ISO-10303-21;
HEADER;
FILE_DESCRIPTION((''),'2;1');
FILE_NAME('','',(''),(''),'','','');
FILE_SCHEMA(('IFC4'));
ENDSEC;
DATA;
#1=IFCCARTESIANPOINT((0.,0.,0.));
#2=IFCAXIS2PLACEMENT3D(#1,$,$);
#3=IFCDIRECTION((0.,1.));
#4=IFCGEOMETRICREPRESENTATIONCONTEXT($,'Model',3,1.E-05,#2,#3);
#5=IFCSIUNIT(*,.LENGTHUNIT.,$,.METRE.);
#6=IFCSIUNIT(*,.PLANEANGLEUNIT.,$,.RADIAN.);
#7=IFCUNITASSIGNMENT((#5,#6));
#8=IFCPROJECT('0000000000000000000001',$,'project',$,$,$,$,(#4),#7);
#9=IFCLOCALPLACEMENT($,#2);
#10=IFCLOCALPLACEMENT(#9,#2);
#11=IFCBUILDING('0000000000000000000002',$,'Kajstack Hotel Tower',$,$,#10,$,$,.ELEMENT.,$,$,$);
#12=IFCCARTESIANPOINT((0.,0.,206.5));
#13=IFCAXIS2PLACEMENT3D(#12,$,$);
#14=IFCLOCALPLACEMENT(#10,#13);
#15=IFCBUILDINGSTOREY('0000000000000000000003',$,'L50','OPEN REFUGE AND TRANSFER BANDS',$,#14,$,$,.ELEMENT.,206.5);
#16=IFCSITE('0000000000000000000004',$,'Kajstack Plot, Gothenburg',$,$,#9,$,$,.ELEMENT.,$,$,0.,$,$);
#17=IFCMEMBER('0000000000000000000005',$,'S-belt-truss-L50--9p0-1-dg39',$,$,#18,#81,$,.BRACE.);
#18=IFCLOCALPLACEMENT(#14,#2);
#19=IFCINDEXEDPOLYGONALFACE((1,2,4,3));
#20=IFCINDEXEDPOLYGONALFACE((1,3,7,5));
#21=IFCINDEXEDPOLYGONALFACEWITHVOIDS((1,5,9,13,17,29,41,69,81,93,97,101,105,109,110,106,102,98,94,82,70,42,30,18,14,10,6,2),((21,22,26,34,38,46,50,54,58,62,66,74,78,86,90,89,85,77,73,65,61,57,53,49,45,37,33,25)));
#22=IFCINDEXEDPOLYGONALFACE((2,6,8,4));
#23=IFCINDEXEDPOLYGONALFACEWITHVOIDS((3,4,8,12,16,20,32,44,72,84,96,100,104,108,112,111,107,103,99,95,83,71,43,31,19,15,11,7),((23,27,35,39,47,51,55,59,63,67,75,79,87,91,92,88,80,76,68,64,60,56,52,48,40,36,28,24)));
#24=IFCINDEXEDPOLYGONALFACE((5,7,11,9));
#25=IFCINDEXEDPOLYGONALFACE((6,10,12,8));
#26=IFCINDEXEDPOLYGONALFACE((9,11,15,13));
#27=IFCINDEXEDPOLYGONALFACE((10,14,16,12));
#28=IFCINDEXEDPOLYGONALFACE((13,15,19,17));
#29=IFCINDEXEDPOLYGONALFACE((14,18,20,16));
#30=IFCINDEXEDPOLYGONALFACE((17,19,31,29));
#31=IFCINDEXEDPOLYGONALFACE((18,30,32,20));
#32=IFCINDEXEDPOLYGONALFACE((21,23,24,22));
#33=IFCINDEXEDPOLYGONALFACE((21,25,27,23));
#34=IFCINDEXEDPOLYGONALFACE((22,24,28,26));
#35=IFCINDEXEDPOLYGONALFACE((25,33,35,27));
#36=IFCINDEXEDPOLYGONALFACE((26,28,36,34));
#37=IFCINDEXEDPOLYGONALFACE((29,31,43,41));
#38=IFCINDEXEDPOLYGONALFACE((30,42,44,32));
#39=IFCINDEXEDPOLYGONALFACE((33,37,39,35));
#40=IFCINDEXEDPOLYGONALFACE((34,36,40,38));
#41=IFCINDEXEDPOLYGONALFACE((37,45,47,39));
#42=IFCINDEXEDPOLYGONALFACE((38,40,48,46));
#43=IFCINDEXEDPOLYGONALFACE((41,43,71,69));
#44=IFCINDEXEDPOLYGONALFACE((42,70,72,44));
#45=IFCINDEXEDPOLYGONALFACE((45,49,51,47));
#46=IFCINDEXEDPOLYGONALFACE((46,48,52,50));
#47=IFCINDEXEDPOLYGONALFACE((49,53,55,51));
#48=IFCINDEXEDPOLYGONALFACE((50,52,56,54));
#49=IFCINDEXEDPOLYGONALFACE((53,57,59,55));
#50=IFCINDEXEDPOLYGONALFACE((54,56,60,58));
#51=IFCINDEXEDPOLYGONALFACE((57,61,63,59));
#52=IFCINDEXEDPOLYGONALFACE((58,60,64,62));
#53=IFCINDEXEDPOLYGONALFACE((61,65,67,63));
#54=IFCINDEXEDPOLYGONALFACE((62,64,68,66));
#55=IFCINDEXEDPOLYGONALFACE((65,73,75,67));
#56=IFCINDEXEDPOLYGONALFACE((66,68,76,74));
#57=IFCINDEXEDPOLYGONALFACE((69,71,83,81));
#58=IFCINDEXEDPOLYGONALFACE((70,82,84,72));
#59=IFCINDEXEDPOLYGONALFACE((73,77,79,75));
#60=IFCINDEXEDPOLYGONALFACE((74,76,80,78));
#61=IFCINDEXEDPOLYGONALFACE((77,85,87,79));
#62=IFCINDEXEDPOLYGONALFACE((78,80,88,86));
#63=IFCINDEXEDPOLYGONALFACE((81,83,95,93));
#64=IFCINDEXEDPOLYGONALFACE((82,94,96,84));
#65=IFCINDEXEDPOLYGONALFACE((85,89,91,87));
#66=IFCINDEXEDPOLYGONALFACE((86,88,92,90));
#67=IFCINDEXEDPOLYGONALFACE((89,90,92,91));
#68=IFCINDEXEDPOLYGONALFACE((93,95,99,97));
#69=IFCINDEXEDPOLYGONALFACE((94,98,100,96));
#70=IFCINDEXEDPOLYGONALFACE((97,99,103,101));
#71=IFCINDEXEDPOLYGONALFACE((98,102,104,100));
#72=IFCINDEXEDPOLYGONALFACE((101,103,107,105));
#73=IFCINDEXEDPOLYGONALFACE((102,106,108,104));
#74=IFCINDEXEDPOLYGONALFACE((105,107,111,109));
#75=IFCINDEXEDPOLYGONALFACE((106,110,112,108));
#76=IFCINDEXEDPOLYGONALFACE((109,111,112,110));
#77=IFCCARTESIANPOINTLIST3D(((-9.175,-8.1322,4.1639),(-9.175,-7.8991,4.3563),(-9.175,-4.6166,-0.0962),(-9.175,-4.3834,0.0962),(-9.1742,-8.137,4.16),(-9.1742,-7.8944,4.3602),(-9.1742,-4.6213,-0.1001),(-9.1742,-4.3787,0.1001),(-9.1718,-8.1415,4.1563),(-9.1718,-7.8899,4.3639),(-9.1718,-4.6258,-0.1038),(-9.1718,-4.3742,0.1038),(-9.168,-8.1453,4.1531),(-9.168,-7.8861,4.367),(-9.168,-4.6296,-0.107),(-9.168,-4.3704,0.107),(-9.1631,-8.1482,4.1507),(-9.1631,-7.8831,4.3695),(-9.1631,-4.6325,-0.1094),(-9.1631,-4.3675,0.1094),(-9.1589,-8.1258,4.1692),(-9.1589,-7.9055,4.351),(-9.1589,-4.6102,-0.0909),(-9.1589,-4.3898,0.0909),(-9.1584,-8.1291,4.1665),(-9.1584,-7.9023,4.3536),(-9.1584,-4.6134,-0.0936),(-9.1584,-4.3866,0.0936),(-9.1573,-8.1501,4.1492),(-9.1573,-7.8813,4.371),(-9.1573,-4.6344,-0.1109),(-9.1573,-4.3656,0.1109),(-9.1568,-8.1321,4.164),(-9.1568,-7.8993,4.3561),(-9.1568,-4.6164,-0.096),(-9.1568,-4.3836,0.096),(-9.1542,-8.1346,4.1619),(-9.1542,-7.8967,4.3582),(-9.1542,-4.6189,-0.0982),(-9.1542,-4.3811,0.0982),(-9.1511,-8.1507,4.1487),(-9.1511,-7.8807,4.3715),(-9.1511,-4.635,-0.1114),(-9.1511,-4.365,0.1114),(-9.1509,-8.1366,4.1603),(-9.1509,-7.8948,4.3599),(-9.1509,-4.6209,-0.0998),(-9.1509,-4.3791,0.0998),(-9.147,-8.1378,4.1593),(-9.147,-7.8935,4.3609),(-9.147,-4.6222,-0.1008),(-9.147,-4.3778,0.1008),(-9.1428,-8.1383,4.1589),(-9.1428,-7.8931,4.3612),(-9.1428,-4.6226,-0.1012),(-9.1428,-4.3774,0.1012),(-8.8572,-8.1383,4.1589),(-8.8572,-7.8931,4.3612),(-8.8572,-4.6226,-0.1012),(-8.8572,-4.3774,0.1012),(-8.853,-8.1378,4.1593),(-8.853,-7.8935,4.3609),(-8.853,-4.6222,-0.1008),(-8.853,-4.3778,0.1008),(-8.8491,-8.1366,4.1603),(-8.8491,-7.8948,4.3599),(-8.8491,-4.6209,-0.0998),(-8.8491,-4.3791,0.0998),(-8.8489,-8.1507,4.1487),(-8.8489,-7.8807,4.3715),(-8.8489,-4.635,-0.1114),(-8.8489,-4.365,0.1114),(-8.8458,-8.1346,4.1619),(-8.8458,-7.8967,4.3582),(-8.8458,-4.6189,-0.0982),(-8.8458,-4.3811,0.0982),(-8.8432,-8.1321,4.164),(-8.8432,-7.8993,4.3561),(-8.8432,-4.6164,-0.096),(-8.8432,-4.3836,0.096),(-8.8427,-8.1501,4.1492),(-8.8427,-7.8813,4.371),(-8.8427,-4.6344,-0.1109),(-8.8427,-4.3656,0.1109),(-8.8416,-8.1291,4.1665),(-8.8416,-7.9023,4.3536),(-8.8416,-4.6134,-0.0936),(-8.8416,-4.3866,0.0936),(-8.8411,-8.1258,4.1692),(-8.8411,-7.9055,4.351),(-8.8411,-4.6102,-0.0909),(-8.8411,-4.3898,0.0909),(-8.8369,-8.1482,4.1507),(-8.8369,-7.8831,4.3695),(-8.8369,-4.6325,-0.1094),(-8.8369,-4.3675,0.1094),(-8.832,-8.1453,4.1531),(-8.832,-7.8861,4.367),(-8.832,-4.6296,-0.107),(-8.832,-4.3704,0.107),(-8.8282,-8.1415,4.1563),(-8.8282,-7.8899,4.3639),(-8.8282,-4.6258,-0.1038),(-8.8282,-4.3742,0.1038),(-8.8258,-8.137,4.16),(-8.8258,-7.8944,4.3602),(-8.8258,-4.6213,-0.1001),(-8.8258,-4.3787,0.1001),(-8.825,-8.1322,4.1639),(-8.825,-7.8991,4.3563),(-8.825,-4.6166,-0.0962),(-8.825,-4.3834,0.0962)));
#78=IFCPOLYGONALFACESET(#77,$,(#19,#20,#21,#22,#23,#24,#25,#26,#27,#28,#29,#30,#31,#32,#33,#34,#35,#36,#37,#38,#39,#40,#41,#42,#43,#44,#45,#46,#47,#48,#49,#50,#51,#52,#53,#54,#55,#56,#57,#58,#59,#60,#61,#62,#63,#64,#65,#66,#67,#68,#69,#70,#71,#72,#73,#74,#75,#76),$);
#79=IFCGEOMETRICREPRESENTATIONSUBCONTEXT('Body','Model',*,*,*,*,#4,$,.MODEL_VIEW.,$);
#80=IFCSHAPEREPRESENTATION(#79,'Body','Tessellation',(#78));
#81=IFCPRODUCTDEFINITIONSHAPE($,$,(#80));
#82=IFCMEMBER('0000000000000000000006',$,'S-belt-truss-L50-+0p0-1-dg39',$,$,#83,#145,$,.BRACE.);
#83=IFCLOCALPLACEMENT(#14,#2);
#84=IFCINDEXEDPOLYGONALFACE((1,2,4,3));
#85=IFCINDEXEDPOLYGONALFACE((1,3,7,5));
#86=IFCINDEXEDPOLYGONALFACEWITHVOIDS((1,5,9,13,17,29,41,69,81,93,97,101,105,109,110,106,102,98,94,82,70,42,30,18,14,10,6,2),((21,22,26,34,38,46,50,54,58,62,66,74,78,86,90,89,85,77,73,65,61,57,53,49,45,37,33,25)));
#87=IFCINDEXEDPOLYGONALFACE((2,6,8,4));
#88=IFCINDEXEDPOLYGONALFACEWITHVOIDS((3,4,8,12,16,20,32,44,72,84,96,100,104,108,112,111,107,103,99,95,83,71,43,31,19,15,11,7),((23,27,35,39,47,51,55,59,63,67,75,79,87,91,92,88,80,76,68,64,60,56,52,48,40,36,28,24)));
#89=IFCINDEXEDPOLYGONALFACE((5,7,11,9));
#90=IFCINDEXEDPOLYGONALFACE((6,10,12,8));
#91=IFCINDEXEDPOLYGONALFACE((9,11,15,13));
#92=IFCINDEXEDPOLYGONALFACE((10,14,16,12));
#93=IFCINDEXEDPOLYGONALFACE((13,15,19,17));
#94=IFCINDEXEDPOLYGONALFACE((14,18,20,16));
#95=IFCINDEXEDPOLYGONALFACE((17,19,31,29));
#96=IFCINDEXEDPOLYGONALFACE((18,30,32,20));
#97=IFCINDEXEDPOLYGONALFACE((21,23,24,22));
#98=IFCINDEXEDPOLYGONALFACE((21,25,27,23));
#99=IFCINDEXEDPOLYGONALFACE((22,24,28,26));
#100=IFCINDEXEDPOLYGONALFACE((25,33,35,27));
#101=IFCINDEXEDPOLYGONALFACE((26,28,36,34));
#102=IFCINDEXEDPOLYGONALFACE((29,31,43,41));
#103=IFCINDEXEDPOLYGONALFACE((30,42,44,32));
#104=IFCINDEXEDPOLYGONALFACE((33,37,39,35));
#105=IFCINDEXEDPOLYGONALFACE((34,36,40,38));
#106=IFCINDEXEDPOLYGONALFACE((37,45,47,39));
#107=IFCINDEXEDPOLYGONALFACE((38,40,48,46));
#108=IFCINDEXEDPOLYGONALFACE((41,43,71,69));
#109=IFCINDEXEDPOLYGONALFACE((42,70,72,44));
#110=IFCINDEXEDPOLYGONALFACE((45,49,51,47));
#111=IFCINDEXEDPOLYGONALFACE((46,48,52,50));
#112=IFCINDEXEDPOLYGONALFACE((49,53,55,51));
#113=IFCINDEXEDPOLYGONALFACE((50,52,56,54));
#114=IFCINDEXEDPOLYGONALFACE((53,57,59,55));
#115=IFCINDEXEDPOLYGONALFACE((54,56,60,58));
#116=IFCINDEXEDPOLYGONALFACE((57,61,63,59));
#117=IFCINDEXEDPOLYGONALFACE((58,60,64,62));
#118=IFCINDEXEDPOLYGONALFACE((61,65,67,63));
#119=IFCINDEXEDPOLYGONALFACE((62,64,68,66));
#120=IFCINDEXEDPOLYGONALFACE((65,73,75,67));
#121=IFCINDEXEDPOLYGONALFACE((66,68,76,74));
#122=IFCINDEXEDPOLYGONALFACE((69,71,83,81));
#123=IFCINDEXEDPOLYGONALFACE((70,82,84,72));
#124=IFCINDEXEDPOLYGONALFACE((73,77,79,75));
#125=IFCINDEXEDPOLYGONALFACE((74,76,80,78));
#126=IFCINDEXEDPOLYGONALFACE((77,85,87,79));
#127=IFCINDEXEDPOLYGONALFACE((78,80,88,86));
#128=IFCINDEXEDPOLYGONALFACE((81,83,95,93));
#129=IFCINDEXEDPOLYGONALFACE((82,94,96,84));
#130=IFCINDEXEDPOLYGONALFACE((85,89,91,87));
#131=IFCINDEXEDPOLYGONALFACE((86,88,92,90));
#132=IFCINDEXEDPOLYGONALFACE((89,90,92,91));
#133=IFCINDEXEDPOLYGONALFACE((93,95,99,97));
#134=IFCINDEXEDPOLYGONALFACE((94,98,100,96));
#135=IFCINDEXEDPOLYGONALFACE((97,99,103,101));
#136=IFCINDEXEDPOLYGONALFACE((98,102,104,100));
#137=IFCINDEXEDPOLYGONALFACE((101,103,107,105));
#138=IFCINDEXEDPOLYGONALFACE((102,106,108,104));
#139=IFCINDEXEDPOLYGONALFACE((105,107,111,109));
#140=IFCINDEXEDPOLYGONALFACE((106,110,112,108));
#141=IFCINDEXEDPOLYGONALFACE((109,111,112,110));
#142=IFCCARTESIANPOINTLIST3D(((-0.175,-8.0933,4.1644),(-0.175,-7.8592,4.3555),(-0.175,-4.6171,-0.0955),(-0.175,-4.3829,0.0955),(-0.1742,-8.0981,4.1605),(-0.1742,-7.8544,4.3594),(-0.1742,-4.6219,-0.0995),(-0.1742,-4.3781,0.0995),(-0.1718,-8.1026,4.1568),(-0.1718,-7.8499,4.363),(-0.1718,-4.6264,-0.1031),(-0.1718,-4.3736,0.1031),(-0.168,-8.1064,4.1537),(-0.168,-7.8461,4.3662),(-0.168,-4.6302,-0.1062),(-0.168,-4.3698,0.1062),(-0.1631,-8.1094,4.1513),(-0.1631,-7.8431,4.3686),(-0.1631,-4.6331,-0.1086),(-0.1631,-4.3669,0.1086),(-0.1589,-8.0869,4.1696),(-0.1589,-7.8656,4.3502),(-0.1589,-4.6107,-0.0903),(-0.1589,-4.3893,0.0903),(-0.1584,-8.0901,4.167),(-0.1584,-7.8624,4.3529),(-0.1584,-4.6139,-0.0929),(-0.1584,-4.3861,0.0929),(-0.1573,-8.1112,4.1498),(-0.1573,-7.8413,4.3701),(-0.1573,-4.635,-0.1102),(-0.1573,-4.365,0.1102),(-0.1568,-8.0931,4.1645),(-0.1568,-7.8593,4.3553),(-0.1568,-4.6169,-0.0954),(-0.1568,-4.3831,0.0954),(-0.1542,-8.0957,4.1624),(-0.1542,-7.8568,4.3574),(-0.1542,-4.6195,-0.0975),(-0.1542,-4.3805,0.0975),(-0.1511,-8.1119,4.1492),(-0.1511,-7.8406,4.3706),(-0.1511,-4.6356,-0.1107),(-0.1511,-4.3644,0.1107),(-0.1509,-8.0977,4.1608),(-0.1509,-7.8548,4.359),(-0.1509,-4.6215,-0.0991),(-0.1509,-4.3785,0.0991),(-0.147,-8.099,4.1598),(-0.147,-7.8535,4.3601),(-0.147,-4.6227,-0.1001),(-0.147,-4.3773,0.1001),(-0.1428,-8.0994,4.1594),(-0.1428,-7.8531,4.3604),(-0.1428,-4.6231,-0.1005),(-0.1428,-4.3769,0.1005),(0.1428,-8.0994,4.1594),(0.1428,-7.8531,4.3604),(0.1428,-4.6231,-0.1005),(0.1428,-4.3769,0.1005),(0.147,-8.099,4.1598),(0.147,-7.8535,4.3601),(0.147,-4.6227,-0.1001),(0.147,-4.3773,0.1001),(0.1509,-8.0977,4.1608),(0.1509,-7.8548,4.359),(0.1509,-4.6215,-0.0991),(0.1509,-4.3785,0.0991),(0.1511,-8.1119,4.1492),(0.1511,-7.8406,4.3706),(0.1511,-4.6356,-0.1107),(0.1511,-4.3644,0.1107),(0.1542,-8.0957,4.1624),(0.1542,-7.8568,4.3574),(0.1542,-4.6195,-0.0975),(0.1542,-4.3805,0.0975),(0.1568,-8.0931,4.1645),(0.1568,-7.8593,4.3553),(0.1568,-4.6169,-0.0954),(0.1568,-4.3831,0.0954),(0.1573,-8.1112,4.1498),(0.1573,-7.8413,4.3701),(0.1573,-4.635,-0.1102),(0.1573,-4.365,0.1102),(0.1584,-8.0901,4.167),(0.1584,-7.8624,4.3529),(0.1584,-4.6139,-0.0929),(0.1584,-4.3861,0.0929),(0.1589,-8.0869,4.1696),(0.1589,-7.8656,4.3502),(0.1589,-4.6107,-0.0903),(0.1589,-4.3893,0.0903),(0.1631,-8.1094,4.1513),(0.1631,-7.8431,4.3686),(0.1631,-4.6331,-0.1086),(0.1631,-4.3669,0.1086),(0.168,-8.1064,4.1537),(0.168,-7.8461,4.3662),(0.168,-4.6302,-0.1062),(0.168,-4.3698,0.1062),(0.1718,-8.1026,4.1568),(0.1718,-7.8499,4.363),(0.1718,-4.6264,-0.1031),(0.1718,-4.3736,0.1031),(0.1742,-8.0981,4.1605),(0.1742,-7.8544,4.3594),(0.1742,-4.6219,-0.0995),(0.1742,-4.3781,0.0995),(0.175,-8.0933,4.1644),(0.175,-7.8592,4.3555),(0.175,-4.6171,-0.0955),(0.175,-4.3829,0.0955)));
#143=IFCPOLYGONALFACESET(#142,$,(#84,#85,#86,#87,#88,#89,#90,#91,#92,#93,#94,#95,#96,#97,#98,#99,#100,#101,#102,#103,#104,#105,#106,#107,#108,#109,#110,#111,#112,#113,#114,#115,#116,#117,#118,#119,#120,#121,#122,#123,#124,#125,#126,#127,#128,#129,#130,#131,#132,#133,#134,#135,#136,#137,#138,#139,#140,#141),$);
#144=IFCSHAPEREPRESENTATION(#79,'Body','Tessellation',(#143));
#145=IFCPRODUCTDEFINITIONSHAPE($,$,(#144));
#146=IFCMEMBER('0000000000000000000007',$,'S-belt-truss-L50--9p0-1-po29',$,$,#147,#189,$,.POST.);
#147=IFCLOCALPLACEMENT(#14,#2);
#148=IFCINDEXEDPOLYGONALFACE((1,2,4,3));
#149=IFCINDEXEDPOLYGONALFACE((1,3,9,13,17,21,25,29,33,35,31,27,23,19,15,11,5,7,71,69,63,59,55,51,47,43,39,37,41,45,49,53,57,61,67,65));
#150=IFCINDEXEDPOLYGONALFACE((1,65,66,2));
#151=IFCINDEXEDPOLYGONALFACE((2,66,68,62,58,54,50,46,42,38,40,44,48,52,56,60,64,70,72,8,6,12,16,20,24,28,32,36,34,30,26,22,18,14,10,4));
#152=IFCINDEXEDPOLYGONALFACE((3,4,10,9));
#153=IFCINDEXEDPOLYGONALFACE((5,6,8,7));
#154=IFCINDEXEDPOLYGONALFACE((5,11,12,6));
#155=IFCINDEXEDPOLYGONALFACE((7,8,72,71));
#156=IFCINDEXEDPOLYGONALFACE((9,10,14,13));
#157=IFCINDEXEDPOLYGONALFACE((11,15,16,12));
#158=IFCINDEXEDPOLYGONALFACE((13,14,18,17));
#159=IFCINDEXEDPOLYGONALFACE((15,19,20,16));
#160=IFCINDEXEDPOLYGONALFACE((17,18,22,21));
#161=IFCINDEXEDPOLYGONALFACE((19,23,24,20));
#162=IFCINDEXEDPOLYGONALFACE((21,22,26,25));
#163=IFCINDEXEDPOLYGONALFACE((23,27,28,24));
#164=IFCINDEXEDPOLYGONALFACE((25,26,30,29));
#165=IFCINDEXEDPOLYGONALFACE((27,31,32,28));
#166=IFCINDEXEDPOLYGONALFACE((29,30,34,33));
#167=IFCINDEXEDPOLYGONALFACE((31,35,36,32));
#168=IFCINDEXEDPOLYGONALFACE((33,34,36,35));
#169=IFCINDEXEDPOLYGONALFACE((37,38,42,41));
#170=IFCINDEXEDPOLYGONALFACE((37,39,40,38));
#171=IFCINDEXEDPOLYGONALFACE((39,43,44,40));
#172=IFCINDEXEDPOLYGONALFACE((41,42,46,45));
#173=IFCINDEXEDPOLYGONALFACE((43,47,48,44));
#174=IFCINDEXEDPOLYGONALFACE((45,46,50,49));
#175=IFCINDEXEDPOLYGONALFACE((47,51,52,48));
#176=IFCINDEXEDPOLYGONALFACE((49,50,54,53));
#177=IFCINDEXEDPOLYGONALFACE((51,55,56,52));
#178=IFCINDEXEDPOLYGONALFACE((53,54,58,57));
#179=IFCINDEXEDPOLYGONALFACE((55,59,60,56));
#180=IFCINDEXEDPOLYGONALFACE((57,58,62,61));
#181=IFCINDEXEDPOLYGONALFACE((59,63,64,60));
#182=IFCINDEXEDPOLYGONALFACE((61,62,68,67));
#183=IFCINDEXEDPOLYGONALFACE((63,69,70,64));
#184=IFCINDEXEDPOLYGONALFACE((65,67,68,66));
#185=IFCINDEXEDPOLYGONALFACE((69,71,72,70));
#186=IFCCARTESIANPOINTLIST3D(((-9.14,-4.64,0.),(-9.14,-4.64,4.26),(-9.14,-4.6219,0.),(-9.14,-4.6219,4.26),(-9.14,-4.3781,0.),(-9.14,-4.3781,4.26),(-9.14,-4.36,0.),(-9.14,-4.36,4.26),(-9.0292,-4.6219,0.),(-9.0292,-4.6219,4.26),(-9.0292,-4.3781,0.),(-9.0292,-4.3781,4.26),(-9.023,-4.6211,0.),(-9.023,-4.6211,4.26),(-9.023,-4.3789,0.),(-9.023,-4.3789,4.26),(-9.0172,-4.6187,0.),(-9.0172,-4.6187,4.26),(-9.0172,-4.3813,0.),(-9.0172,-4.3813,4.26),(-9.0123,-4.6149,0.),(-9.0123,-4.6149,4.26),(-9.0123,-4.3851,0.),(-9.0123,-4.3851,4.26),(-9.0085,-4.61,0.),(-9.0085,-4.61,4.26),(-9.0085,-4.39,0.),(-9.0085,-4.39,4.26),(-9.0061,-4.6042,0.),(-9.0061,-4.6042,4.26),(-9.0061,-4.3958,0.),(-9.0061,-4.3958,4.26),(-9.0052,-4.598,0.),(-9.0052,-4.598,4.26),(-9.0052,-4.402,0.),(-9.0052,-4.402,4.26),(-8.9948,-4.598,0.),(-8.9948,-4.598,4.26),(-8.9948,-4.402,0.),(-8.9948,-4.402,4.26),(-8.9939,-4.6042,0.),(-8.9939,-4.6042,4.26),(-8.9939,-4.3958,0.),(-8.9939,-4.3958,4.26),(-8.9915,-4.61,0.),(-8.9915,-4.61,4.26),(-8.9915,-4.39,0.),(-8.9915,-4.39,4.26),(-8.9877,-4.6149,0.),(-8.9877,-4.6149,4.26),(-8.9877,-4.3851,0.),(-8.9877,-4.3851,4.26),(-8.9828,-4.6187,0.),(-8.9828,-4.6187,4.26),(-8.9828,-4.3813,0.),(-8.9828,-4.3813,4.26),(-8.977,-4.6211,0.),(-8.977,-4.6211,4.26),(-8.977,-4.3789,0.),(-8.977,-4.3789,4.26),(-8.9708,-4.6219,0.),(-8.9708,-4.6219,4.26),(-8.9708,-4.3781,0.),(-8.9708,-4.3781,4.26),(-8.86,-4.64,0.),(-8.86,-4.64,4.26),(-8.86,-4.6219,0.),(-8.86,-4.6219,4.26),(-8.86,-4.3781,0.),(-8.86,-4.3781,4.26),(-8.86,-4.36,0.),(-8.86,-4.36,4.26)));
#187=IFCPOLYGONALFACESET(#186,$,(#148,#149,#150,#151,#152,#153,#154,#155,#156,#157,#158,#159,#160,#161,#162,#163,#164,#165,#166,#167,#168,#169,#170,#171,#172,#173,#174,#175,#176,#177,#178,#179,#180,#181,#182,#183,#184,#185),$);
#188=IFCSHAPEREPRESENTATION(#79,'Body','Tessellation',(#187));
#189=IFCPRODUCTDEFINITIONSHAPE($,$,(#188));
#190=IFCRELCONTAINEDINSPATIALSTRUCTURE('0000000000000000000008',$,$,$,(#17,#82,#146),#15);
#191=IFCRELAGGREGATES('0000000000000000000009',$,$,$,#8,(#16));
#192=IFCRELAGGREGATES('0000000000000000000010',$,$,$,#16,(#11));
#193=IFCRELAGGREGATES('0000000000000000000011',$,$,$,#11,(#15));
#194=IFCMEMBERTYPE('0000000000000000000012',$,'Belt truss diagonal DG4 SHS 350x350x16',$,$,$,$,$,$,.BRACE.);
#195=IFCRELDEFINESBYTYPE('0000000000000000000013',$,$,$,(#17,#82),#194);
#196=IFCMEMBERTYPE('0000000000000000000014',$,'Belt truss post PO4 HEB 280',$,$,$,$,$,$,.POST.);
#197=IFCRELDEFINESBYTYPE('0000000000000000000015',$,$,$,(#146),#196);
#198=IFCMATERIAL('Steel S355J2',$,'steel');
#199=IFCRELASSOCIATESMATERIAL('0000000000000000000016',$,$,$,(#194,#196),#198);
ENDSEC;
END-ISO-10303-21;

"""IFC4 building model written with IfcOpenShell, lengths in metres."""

from ifc_helpers import new_model, si_unit, direction, frame, origin, origin_2d, place, context, subcontext, project, spatial, hollow_rectangle, i_section, extrude, material, material_profile, profile_set, type_object, element, save


model = new_model("IFC4")

# Units and contexts
model_context = context("Model", 3, precision=1e-05, world=origin(), true_north=direction((0.0, 1.0)))
body_context = subcontext(model_context, "Body", "Model", "MODEL_VIEW")
ifc_project = project(units=[si_unit("LENGTHUNIT", "METRE"), si_unit("PLANEANGLEUNIT", "RADIAN")], contexts=[model_context])

# Site, building, storey
site_placement = place(None, origin())
site = spatial("IfcSite", under=ifc_project, at=site_placement, Name="Kajstack Plot, Gothenburg", CompositionType="ELEMENT", RefElevation=0.0)
building_placement = place(site_placement, origin())
building = spatial("IfcBuilding", under=site, at=building_placement, Name="Kajstack Hotel Tower", CompositionType="ELEMENT")
storey_placement = place(building_placement, frame((0.0, 0.0, 206.5)))
storey = spatial("IfcBuildingStorey", under=building, at=storey_placement, Name="L50", Description="OPEN REFUGE AND TRANSFER BANDS", CompositionType="ELEMENT", Elevation=206.5)

# Members
ifc_material_1 = material(Name="Steel S355J2", Category="steel")
ifc_material_profile_1 = material_profile(ifc_material_1, hollow_rectangle(XDim=0.3501, YDim=0.3501, WallThickness=0.0161, InnerFilletRadius=0.0161, OuterFilletRadius=0.0239, at=origin_2d()), Name="SHS 350x350x16")
ifc_profile_set_1 = profile_set([ifc_material_profile_1], Name="Steel S355J2")
member_type_1 = type_object("IfcMemberType", Name="Belt truss diagonal DG4 SHS 350x350x16", PredefinedType="BRACE", material=ifc_profile_set_1)
member_1_placement = place(storey_placement, frame((-9.0, -4.5, 0.0), z_axis=(0.0, -0.636503, 0.771274), x_axis=(1.0, 0.0, 0.0)))
element("IfcMember", 1, at=member_1_placement, inside=storey, type_object=member_type_1, Name="S-belt-truss-L50--9p0-1-dg39", PredefinedType="BRACE", context=body_context, shape_type="SweptSolid", body=[
    extrude(hollow_rectangle(XDim=0.3501, YDim=0.3501, WallThickness=0.0161, InnerFilletRadius=0.0161, OuterFilletRadius=0.0239, at=origin_2d()), origin(), (0.0, 0.0, 1.0), 5.5234),
])
member_2_placement = place(storey_placement, frame((0.0, -4.5, 0.0), z_axis=(0.0, -0.632241, 0.774772), x_axis=(1.0, 0.0, 0.0)))
element("IfcMember", 2, at=member_2_placement, inside=storey, type_object=member_type_1, Name="S-belt-truss-L50-+0p0-1-dg39", PredefinedType="BRACE", context=body_context, shape_type="SweptSolid", body=[
    extrude(hollow_rectangle(XDim=0.3501, YDim=0.3501, WallThickness=0.0161, InnerFilletRadius=0.0161, OuterFilletRadius=0.0239, at=origin_2d()), origin(), (0.0, 0.0, 1.0), 5.4983),
])
ifc_material_profile_2 = material_profile(ifc_material_1, i_section(OverallWidth=0.28, OverallDepth=0.28, WebThickness=0.0105, FlangeThickness=0.0181, FilletRadius=0.0239, at=origin_2d()), Name="HEB 280")
ifc_profile_set_2 = profile_set([ifc_material_profile_2], Name="Steel S355J2")
member_type_2 = type_object("IfcMemberType", Name="Belt truss post PO4 HEB 280", PredefinedType="POST", material=ifc_profile_set_2)
for number, where, z_axis, x_axis, name in (
    (3, (-9.0, -4.5, 0.0), (0.0, 0.0, 1.0), (1.0, 0.0, 0.0), "S-belt-truss-L50--9p0-1-po29"),
):
    element("IfcMember", number, at=place(storey_placement, frame(where, z_axis=z_axis, x_axis=x_axis)), inside=storey, type_object=member_type_2, Name=name, PredefinedType="POST", context=body_context, shape_type="SweptSolid", body=[
        extrude(i_section(OverallWidth=0.28, OverallDepth=0.28, WebThickness=0.0105, FlangeThickness=0.0181, FilletRadius=0.0239, at=origin_2d()), origin(), (0.0, 0.0, 1.0), 4.26),
    ])

save(model, "model.ifc")
